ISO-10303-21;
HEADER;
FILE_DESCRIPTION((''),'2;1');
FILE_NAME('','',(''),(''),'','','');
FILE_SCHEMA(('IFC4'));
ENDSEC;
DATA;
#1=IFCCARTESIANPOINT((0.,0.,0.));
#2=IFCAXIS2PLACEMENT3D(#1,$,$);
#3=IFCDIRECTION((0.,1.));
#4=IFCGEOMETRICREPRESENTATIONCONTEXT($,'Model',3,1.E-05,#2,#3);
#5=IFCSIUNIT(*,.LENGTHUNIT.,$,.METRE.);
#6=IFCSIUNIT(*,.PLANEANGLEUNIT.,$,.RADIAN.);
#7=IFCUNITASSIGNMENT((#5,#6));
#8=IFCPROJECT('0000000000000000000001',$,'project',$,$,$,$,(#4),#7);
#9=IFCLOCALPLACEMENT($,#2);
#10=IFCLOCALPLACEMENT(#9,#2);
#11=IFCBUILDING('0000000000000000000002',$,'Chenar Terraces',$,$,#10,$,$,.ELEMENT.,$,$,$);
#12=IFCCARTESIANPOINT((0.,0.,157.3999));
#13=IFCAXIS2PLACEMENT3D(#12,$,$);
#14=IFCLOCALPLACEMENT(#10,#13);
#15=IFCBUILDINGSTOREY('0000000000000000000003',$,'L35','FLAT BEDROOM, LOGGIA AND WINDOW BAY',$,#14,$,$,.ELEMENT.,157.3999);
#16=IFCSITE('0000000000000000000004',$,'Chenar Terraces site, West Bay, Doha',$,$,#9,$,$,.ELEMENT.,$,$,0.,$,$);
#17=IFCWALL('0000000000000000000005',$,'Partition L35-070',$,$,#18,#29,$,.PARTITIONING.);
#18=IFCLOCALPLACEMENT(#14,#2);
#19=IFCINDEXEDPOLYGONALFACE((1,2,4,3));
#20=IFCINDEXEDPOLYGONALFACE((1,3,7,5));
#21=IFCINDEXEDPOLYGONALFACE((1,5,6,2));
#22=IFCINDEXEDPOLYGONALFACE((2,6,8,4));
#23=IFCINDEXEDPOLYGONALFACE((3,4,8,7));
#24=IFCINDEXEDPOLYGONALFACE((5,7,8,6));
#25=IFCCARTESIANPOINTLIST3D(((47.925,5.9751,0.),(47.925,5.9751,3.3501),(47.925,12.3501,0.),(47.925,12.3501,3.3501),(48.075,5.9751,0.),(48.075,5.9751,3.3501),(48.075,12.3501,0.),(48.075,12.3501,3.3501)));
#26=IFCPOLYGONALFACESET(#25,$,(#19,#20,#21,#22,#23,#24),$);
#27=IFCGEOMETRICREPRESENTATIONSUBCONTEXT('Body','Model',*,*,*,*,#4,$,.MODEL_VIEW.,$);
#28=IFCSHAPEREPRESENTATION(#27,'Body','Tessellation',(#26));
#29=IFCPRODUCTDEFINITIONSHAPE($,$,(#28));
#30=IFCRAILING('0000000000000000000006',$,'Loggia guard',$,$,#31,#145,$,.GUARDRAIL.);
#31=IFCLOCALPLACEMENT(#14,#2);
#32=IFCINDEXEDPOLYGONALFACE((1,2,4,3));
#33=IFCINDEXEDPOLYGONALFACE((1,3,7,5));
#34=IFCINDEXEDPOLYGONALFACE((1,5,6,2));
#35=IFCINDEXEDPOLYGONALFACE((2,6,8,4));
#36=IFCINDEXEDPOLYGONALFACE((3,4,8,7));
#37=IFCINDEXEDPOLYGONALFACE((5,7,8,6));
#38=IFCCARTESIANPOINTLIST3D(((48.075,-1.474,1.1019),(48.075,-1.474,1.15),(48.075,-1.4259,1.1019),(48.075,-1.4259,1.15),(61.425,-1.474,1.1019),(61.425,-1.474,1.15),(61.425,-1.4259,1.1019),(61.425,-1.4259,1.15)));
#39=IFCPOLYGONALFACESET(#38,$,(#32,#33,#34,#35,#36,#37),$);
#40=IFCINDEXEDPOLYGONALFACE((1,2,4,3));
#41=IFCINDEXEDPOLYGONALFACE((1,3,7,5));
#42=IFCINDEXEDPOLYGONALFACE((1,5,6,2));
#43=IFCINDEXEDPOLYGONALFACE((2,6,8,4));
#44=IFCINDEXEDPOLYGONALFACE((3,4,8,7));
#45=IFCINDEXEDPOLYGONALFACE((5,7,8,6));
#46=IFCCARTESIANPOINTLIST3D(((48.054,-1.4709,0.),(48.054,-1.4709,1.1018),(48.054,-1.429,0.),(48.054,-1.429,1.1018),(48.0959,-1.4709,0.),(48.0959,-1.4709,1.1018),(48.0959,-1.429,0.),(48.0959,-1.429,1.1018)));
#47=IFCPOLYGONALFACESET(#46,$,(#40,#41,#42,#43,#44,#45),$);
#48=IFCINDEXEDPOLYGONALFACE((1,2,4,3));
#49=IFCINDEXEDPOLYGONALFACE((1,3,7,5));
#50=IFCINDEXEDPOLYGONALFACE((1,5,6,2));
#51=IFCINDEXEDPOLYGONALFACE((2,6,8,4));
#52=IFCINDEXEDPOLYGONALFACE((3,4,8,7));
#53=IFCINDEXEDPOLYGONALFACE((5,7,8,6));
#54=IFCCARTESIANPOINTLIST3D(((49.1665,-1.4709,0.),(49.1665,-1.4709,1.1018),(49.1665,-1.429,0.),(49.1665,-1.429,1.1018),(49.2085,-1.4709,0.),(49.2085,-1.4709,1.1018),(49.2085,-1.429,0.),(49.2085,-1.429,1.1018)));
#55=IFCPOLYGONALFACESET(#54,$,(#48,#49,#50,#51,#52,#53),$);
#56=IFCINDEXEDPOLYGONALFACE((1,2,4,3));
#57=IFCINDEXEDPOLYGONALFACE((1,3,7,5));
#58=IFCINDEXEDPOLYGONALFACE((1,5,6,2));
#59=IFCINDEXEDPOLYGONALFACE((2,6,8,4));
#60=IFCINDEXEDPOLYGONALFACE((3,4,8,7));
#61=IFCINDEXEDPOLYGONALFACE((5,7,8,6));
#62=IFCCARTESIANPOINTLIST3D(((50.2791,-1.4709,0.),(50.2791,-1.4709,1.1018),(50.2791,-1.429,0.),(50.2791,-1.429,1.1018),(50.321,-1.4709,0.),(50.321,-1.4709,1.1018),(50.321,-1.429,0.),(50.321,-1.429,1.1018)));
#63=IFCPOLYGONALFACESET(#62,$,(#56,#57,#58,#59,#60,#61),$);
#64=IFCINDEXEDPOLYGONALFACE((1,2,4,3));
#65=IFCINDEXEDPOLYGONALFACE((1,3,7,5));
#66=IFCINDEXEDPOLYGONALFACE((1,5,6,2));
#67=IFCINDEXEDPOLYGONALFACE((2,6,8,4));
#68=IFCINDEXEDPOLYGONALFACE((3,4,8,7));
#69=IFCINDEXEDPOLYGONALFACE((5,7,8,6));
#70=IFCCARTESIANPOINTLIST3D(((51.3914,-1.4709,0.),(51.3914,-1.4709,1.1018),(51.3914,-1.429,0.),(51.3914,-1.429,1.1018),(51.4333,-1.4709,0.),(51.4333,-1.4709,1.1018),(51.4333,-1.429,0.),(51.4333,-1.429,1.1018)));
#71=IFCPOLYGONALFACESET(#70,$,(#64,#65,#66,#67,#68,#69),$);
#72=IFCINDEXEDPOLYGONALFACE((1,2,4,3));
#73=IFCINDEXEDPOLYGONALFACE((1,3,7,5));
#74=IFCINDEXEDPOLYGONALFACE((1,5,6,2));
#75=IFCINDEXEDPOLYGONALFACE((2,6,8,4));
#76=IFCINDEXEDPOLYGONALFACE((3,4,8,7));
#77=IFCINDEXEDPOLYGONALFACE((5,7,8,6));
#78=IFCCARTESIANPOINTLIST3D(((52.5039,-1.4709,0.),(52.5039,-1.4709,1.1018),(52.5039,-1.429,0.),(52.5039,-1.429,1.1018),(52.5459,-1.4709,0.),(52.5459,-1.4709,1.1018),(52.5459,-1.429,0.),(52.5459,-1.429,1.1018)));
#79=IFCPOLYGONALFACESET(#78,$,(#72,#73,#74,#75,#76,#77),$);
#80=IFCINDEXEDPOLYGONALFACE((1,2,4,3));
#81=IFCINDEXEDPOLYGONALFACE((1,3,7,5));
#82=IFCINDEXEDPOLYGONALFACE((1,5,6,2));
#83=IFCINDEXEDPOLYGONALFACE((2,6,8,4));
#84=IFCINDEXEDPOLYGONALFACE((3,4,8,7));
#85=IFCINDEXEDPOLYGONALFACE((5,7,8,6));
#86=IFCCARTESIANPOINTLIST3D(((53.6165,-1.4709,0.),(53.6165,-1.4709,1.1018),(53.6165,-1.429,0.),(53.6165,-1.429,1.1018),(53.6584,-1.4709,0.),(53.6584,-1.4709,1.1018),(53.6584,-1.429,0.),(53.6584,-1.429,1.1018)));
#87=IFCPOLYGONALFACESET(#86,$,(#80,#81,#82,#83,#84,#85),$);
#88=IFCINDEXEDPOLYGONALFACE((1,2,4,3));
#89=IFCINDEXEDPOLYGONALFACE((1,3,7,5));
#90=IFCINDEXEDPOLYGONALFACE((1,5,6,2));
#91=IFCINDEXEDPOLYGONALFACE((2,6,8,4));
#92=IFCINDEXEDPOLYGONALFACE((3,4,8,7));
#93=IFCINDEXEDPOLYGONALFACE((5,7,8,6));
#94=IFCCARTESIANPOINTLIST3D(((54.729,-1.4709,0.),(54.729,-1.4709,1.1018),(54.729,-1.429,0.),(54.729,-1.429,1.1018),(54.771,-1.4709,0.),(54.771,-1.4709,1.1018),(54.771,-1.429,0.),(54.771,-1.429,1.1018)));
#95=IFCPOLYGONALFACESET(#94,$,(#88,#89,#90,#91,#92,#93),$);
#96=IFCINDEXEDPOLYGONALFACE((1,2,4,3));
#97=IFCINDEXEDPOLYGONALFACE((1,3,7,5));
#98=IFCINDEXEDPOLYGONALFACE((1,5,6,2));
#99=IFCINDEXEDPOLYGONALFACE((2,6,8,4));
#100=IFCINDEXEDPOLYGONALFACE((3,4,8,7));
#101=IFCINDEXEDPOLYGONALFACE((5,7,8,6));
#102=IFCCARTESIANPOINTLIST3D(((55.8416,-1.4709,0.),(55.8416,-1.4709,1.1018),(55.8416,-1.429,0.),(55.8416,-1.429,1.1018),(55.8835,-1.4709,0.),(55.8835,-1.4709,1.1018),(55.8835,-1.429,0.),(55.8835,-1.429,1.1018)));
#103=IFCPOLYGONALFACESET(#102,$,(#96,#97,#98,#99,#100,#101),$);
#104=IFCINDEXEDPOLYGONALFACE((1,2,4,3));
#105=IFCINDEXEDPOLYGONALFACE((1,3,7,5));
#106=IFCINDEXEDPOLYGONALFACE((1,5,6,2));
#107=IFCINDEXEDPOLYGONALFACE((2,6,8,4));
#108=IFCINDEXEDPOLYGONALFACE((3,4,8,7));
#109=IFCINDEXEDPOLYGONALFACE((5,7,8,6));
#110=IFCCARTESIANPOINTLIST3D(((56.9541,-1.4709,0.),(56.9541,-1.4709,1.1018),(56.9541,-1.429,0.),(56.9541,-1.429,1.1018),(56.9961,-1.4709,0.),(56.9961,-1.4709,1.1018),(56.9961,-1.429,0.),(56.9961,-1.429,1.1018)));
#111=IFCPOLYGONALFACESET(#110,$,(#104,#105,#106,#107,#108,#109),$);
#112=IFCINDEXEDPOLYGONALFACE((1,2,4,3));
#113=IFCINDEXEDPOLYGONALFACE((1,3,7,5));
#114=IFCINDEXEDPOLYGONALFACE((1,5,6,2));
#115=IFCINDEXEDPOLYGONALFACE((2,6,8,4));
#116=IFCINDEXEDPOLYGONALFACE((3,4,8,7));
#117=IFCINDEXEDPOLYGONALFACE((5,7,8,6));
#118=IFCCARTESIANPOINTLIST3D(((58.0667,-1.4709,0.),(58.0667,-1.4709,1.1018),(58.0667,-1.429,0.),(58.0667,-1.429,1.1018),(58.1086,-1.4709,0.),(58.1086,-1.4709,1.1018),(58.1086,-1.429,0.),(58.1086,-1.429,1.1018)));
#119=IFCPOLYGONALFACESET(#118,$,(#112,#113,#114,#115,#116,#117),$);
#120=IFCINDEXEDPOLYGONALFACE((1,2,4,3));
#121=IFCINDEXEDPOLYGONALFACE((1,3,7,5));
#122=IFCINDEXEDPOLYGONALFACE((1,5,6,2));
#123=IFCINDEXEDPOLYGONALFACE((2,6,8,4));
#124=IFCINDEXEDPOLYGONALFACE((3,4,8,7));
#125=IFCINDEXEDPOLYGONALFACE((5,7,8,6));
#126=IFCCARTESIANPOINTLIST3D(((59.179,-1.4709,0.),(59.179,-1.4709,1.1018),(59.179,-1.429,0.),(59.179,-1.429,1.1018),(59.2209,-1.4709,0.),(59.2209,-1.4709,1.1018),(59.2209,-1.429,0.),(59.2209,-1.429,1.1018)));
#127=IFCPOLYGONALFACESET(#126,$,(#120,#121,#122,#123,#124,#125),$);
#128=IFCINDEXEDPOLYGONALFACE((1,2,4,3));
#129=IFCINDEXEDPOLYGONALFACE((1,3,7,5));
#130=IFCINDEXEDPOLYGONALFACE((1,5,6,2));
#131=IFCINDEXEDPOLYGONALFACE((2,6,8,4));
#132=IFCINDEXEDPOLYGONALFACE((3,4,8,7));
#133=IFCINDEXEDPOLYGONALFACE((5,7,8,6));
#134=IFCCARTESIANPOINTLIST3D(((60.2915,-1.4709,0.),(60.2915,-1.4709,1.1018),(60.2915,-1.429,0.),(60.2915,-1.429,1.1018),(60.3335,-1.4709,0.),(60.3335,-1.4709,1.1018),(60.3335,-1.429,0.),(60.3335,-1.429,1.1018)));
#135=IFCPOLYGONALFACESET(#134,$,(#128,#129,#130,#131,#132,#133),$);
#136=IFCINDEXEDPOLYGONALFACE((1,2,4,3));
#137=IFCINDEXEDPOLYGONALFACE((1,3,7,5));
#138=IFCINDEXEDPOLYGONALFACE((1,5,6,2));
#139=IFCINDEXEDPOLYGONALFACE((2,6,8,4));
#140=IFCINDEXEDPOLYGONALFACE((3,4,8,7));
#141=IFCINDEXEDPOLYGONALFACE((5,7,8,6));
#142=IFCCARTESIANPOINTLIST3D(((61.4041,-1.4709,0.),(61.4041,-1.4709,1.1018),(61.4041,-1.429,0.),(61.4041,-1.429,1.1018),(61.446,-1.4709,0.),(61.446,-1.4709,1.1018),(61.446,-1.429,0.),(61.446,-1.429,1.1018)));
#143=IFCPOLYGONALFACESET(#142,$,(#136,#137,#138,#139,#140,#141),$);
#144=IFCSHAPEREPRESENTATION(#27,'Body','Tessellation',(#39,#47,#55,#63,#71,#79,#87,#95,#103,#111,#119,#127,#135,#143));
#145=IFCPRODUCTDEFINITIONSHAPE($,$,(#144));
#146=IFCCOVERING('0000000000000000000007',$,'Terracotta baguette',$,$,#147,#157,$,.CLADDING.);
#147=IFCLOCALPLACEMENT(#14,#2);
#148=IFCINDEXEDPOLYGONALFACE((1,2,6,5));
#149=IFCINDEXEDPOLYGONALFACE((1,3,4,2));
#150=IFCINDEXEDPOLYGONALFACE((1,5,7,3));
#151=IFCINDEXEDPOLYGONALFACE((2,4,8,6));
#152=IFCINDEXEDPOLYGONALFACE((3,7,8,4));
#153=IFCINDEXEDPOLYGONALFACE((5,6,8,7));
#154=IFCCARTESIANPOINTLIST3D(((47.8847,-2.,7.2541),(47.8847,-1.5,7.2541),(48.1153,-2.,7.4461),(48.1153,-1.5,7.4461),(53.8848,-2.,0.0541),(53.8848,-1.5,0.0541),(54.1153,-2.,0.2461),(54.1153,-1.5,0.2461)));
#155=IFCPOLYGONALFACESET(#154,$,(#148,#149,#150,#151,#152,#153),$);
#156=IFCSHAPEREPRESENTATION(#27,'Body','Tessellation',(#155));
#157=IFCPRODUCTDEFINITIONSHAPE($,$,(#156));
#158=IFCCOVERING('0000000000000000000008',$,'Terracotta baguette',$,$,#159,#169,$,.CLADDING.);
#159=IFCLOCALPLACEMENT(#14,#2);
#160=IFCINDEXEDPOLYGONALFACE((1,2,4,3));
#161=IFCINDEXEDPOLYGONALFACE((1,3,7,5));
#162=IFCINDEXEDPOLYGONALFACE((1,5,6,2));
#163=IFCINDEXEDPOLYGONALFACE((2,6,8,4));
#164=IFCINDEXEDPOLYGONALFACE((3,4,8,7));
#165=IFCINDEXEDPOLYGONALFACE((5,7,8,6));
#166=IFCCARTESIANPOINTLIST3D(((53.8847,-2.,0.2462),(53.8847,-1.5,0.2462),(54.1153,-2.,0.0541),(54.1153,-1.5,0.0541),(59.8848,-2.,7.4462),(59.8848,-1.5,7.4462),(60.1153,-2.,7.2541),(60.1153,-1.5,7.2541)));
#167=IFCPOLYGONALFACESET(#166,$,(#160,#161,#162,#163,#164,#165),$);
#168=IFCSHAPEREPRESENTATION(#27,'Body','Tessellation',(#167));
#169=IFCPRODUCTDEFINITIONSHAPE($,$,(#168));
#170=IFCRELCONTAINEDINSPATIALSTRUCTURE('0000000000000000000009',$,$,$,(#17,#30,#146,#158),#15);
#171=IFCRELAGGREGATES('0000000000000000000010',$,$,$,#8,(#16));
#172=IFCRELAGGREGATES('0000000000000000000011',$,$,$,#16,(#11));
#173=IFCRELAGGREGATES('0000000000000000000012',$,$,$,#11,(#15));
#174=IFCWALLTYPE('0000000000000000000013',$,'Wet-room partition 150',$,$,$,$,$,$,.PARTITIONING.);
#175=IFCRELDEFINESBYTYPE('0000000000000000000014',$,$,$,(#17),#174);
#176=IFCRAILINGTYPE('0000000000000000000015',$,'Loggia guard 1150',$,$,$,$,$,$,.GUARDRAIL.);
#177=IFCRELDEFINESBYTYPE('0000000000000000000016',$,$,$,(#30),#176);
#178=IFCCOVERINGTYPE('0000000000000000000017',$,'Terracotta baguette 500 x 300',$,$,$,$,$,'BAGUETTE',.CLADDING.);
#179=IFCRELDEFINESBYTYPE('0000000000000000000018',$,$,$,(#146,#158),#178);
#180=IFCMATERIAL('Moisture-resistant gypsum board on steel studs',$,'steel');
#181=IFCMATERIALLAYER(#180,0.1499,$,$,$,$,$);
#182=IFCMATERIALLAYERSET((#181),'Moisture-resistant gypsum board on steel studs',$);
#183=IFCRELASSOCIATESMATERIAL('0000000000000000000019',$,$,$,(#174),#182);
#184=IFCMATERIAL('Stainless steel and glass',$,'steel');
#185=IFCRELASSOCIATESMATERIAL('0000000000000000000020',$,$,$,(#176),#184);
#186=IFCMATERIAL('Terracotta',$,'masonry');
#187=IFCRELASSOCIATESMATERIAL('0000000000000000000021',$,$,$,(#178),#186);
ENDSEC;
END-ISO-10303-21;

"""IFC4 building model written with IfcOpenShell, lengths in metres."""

from ifc_helpers import new_model, si_unit, direction, frame, frame_2d, origin, origin_2d, place, context, subcontext, project, spatial, rectangle, extrude, material, layer, layer_set, material_profile, profile_set, type_object, element, save


model = new_model("IFC4")

# Units and contexts
model_context = context("Model", 3, precision=1e-05, world=origin(), true_north=direction((0.0, 1.0)))
body_context = subcontext(model_context, "Body", "Model", "MODEL_VIEW")
ifc_project = project(units=[si_unit("LENGTHUNIT", "METRE"), si_unit("PLANEANGLEUNIT", "RADIAN")], contexts=[model_context])

# Site, building, storey
site_placement = place(None, origin())
site = spatial("IfcSite", under=ifc_project, at=site_placement, Name="Chenar Terraces site, West Bay, Doha", CompositionType="ELEMENT", RefElevation=0.0)
building_placement = place(site_placement, origin())
building = spatial("IfcBuilding", under=site, at=building_placement, Name="Chenar Terraces", CompositionType="ELEMENT")
storey_placement = place(building_placement, frame((0.0, 0.0, 157.3999)))
storey = spatial("IfcBuildingStorey", under=building, at=storey_placement, Name="L35", Description="FLAT BEDROOM, LOGGIA AND WINDOW BAY", CompositionType="ELEMENT", Elevation=157.3999)

# Wall
ifc_material_1 = material(Name="Moisture-resistant gypsum board on steel studs", Category="steel")
ifc_layer_1 = layer(ifc_material_1, 0.1499)
ifc_layer_set_1 = layer_set([ifc_layer_1], Name="Moisture-resistant gypsum board on steel studs")
wall_type_1 = type_object("IfcWallType", Name="Wet-room partition 150", PredefinedType="PARTITIONING", material=ifc_layer_set_1)
wall_1_placement = place(storey_placement, frame((48.0, 5.9751, 0.0), z_axis=(0.0, 0.0, 1.0), x_axis=(0.0, 1.0, 0.0)))
element("IfcWall", 1, at=wall_1_placement, inside=storey, type_object=wall_type_1, Name="Partition L35-070", PredefinedType="PARTITIONING", context=body_context, shape_type="SweptSolid", body=[
    extrude(rectangle(XDim=6.375, YDim=0.1499, at=frame_2d((3.1875, 0.0))), origin(), (0.0, 0.0, 1.0), 3.3501),
])

# Railing
ifc_material_2 = material(Name="Stainless steel and glass", Category="steel")
railing_type = type_object("IfcRailingType", Name="Loggia guard 1150", PredefinedType="GUARDRAIL", material=ifc_material_2)
railing_placement = place(storey_placement, frame((48.075, -1.45, 0.0)))
element("IfcRailing", 2, at=railing_placement, inside=storey, type_object=railing_type, Name="Loggia guard", PredefinedType="GUARDRAIL", context=body_context, shape_type="SweptSolid", body=[
    extrude(rectangle(XDim=0.0481, YDim=0.0481, at=origin_2d()), frame((0.0, 0.0, 1.126), z_axis=(1.0, 0.0, 0.0), x_axis=(0.0, 1.0, 0.0)), (0.0, 0.0, 1.0), 13.3501),
    extrude(rectangle(XDim=0.042, YDim=0.042, at=origin_2d()), origin(), (0.0, 0.0, 1.0), 1.1018),
    extrude(rectangle(XDim=0.042, YDim=0.042, at=origin_2d()), frame((1.1125, 0.0, 0.0)), (0.0, 0.0, 1.0), 1.1018),
    extrude(rectangle(XDim=0.042, YDim=0.042, at=origin_2d()), frame((2.2251, 0.0, 0.0)), (0.0, 0.0, 1.0), 1.1018),
    extrude(rectangle(XDim=0.042, YDim=0.042, at=origin_2d()), frame((3.3374, 0.0, 0.0)), (0.0, 0.0, 1.0), 1.1018),
    extrude(rectangle(XDim=0.042, YDim=0.042, at=origin_2d()), frame((4.45, 0.0, 0.0)), (0.0, 0.0, 1.0), 1.1018),
    extrude(rectangle(XDim=0.042, YDim=0.042, at=origin_2d()), frame((5.5625, 0.0, 0.0)), (0.0, 0.0, 1.0), 1.1018),
    extrude(rectangle(XDim=0.042, YDim=0.042, at=origin_2d()), frame((6.675, 0.0, 0.0)), (0.0, 0.0, 1.0), 1.1018),
    extrude(rectangle(XDim=0.042, YDim=0.042, at=origin_2d()), frame((7.7876, 0.0, 0.0)), (0.0, 0.0, 1.0), 1.1018),
    extrude(rectangle(XDim=0.042, YDim=0.042, at=origin_2d()), frame((8.9001, 0.0, 0.0)), (0.0, 0.0, 1.0), 1.1018),
    extrude(rectangle(XDim=0.042, YDim=0.042, at=origin_2d()), frame((10.0127, 0.0, 0.0)), (0.0, 0.0, 1.0), 1.1018),
    extrude(rectangle(XDim=0.042, YDim=0.042, at=origin_2d()), frame((11.125, 0.0, 0.0)), (0.0, 0.0, 1.0), 1.1018),
    extrude(rectangle(XDim=0.042, YDim=0.042, at=origin_2d()), frame((12.2375, 0.0, 0.0)), (0.0, 0.0, 1.0), 1.1018),
    extrude(rectangle(XDim=0.042, YDim=0.042, at=origin_2d()), frame((13.3501, 0.0, 0.0)), (0.0, 0.0, 1.0), 1.1018),
])

# Coverings
ifc_material_3 = material(Name="Terracotta", Category="masonry")
ifc_material_profile_1 = material_profile(ifc_material_3, rectangle(XDim=0.5, YDim=0.3, at=origin_2d()), Name="Terracotta baguette 500 x 300")
ifc_profile_set_1 = profile_set([ifc_material_profile_1], Name="Terracotta")
covering_type = type_object("IfcCoveringType", Name="Terracotta baguette 500 x 300", ElementType="BAGUETTE", PredefinedType="CLADDING", material=ifc_profile_set_1)
for number, where, z_axis, x_axis, name in (
    (3, (48.0, -1.75, 7.3501), (0.640187, 0.0, -0.768219), (0.0, 1.0, 0.0), "Terracotta baguette"),
    (4, (54.0, -1.75, 0.1501), (0.640187, 0.0, 0.768219), (0.0, 1.0, 0.0), "Terracotta baguette"),
):
    element("IfcCovering", number, at=place(storey_placement, frame(where, z_axis=z_axis, x_axis=x_axis)), inside=storey, type_object=covering_type, Name=name, PredefinedType="CLADDING", context=body_context, shape_type="SweptSolid", body=[
        extrude(rectangle(XDim=0.5, YDim=0.3, at=origin_2d()), origin(), (0.0, 0.0, 1.0), 9.3723),
    ])

save(model, "model.ifc")
